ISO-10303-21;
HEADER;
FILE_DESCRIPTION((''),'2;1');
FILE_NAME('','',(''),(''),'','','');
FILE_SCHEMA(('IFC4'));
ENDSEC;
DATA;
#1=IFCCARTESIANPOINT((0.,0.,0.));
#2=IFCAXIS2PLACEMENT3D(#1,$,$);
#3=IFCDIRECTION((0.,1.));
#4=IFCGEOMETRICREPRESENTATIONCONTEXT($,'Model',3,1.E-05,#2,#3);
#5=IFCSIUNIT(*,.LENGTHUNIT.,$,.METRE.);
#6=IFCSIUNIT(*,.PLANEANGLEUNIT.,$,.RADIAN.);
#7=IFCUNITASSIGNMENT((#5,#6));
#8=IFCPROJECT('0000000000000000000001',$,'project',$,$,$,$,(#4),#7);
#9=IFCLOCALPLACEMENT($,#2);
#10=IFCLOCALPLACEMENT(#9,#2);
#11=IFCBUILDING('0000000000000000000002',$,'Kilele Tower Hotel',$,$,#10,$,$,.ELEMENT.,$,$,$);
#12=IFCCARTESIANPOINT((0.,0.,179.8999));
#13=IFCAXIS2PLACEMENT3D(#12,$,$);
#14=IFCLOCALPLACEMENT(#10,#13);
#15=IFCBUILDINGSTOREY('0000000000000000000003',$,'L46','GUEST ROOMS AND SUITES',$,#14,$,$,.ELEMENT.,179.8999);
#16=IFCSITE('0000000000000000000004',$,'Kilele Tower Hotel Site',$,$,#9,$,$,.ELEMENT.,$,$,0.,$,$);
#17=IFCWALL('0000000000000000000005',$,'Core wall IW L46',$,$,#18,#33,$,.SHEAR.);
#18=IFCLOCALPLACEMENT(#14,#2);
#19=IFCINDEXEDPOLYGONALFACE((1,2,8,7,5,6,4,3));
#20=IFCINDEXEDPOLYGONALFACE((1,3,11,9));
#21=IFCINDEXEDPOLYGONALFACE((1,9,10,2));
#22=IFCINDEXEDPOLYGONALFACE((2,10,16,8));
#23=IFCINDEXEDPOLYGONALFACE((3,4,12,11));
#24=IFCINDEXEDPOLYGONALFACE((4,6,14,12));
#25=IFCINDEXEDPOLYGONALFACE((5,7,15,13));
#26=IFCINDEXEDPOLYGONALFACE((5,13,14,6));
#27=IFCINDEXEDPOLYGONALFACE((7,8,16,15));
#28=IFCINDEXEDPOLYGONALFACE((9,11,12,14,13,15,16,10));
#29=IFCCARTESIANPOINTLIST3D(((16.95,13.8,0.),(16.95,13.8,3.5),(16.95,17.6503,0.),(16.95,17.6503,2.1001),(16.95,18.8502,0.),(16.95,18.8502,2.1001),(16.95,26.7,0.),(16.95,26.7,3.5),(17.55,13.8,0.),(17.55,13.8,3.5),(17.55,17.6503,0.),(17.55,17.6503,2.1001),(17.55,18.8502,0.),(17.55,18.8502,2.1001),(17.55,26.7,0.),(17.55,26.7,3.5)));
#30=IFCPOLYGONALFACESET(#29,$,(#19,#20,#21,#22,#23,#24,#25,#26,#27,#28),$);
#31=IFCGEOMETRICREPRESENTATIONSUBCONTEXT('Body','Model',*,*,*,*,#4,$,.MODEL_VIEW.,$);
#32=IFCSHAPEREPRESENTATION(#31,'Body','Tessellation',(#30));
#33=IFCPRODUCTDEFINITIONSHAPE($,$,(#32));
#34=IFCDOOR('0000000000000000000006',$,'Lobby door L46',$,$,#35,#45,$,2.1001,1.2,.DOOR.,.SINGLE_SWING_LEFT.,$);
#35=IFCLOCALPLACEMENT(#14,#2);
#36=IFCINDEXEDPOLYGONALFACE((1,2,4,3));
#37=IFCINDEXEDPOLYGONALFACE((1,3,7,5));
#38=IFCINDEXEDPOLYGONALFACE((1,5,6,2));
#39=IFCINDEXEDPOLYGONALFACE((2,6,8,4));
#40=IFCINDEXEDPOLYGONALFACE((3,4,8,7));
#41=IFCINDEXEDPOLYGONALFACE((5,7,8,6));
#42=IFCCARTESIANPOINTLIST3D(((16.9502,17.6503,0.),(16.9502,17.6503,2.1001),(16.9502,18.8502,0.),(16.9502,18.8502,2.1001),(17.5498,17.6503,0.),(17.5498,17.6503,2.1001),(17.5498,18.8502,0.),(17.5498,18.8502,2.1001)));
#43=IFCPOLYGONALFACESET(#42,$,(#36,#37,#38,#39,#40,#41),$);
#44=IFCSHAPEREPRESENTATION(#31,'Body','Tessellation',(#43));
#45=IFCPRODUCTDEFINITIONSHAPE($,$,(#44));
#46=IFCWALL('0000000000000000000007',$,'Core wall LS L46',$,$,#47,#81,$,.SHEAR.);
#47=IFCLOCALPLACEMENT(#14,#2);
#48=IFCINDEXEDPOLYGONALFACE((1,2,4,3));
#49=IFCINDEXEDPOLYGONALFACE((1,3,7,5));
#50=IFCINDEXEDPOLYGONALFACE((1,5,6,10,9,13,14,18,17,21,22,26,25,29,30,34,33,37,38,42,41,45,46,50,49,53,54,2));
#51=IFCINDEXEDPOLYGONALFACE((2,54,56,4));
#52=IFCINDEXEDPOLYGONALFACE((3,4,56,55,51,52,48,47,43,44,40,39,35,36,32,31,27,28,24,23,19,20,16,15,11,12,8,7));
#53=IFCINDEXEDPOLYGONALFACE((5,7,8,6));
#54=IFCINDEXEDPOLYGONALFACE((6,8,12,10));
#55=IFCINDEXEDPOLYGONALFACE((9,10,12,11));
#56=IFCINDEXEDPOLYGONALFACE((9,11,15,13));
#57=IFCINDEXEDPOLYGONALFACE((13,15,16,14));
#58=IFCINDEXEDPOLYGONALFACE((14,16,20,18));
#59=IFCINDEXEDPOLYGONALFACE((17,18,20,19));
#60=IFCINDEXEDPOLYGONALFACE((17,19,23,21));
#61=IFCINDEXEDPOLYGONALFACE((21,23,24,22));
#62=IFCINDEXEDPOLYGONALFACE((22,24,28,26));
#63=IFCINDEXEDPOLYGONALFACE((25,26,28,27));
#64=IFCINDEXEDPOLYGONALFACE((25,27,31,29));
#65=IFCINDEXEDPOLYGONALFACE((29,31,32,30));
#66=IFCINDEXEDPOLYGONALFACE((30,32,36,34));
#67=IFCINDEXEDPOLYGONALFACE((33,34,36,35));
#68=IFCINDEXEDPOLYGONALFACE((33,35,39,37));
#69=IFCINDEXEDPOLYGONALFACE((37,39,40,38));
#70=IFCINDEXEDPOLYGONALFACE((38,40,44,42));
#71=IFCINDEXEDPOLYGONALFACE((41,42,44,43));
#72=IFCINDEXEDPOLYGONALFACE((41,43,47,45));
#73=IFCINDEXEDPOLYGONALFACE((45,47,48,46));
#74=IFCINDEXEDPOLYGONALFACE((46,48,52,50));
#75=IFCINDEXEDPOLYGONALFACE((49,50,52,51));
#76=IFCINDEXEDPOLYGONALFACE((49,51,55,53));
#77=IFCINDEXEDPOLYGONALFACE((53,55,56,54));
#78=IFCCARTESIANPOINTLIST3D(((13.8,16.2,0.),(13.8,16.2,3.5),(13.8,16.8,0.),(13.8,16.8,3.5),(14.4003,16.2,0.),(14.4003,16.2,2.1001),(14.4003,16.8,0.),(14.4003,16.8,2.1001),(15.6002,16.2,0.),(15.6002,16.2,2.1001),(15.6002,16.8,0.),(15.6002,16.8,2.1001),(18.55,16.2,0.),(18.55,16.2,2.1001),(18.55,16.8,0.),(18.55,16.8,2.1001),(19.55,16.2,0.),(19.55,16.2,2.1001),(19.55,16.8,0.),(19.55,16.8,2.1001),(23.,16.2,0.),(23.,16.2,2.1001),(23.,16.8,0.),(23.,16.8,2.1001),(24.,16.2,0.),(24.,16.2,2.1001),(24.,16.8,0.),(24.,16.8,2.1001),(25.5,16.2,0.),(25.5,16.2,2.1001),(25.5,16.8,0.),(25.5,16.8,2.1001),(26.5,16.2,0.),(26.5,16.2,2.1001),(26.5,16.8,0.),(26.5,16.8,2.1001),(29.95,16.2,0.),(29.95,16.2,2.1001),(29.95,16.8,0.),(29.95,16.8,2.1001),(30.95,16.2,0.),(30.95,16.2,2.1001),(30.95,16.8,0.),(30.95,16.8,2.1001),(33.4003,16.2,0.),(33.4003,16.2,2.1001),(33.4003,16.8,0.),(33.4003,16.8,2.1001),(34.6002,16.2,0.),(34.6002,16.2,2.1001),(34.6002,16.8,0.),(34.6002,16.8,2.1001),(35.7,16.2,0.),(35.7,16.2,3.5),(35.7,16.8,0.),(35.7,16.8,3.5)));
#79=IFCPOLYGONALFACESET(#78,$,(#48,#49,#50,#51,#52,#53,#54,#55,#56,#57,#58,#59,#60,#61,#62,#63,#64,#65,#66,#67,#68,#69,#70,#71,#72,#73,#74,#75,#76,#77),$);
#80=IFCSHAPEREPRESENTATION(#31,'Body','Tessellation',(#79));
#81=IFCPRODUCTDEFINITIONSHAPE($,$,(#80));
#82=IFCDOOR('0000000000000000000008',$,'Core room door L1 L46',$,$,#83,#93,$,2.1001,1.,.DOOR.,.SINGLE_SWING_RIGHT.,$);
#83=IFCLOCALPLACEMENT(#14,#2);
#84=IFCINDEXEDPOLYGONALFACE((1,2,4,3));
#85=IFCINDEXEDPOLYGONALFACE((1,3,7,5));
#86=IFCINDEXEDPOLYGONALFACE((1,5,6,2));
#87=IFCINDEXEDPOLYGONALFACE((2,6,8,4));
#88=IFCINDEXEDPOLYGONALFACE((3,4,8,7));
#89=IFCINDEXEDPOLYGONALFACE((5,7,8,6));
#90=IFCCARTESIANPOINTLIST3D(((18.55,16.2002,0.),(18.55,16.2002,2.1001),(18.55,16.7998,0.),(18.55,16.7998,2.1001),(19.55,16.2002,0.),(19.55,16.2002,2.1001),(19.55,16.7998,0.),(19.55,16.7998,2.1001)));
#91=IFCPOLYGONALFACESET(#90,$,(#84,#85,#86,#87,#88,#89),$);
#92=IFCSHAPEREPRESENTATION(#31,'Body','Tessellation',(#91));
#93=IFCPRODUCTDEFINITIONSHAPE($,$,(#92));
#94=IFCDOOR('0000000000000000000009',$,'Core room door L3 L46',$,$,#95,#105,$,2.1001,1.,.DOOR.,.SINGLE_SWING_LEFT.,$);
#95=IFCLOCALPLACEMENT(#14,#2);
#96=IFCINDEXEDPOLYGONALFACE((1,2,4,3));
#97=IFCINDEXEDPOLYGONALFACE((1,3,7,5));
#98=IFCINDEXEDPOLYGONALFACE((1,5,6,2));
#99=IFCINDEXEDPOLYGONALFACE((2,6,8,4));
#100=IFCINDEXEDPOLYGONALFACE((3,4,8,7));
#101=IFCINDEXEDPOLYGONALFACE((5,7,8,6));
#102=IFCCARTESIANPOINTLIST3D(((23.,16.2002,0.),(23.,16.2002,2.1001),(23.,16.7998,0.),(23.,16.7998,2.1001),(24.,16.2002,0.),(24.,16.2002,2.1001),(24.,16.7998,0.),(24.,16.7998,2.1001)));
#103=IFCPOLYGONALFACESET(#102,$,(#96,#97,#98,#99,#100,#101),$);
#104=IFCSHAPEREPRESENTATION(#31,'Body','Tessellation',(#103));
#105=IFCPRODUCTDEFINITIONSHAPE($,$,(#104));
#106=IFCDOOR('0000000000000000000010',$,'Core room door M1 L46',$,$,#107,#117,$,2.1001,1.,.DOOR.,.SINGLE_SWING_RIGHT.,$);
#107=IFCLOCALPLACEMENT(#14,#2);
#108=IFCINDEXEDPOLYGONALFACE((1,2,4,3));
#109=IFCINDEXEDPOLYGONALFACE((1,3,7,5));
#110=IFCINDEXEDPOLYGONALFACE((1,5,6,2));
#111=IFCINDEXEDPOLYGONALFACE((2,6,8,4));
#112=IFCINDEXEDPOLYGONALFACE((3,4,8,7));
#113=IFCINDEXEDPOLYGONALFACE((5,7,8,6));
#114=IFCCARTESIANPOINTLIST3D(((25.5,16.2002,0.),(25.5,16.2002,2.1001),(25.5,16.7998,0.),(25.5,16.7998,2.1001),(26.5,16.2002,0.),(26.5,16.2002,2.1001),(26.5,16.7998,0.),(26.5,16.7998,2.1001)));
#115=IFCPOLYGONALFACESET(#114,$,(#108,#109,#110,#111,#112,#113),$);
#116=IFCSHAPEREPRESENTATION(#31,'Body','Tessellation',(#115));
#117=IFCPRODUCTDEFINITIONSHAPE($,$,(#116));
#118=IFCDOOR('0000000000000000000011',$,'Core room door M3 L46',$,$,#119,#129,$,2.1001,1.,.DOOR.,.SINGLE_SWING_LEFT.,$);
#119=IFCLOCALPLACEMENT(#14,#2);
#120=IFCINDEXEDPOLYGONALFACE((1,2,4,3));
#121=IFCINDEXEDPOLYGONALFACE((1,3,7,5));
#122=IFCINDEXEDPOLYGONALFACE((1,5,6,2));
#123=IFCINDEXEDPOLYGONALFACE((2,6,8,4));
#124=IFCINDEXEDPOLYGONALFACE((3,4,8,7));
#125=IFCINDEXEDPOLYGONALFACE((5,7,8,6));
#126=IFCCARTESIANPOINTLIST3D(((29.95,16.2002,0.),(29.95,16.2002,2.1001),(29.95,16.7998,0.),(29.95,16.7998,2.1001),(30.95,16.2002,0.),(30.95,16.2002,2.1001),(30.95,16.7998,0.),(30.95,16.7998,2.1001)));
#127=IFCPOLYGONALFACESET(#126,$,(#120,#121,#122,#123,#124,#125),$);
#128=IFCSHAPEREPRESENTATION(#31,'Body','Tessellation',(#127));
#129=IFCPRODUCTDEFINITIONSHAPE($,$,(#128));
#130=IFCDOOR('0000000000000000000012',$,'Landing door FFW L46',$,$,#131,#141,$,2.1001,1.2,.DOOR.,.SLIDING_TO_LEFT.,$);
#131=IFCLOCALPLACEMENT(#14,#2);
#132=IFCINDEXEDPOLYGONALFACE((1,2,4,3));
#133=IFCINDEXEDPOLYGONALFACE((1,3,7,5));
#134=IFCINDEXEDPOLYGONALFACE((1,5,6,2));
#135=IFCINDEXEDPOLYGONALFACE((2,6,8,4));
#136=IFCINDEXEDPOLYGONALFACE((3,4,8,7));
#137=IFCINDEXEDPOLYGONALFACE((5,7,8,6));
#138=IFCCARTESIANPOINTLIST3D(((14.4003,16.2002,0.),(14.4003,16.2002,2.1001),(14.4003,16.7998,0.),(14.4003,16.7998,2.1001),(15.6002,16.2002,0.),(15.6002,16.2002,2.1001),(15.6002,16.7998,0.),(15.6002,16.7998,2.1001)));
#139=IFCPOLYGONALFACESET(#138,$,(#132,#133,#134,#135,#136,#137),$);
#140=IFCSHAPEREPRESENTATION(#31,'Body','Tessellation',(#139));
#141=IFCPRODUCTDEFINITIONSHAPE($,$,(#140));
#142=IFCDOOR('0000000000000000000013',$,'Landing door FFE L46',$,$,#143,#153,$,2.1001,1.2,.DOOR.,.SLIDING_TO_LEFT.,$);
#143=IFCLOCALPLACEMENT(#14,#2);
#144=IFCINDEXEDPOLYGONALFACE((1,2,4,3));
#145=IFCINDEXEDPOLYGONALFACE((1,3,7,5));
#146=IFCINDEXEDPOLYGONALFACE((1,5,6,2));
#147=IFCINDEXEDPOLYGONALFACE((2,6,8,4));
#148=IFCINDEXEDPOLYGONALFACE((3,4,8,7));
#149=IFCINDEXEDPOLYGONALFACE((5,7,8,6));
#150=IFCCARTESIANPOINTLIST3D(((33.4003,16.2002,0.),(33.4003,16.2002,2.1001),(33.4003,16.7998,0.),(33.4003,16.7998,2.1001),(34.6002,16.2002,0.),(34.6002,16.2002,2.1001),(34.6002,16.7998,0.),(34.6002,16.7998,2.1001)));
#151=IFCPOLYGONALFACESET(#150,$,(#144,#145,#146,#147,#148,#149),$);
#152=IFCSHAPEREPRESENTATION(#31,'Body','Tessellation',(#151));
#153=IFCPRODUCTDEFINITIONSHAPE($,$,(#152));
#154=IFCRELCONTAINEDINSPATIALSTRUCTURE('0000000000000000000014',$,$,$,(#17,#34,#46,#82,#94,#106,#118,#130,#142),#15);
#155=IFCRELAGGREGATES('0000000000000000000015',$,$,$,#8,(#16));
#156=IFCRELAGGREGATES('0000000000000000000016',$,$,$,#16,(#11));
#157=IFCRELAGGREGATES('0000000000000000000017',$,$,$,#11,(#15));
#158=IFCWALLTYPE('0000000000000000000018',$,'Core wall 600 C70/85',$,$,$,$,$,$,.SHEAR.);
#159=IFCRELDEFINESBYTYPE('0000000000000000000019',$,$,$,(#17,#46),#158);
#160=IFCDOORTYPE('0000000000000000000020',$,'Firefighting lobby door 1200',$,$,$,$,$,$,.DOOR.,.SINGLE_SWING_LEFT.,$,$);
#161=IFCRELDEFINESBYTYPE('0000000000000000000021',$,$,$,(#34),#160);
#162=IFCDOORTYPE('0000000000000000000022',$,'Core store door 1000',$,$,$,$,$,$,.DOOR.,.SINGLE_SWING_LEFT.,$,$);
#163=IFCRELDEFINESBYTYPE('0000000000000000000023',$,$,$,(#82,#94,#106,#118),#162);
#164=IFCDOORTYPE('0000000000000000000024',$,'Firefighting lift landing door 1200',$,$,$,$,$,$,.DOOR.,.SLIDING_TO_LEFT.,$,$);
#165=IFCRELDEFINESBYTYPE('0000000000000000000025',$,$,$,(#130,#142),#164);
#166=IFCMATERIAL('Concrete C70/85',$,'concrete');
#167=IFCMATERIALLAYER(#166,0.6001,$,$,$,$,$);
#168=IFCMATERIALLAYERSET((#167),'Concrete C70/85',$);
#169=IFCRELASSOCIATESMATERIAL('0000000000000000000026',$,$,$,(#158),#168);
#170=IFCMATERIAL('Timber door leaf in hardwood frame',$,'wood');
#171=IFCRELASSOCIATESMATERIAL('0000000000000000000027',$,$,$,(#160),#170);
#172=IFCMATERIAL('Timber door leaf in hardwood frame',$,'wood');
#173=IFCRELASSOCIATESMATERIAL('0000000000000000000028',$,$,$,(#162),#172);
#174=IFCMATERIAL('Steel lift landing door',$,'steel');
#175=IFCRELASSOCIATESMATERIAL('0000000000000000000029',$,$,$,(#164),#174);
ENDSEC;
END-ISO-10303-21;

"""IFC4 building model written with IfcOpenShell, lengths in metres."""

from ifc_helpers import new_model, si_unit, direction, frame, frame_2d, origin, place, context, subcontext, project, spatial, rectangle, extrude, material, layer, layer_set, type_object, element, fill, save


model = new_model("IFC4")

# Units and contexts
model_context = context("Model", 3, precision=1e-05, world=origin(), true_north=direction((0.0, 1.0)))
body_context = subcontext(model_context, "Body", "Model", "MODEL_VIEW")
ifc_project = project(units=[si_unit("LENGTHUNIT", "METRE"), si_unit("PLANEANGLEUNIT", "RADIAN")], contexts=[model_context])

# Site, building, storey
site_placement = place(None, origin())
site = spatial("IfcSite", under=ifc_project, at=site_placement, Name="Kilele Tower Hotel Site", CompositionType="ELEMENT", RefElevation=0.0)
building_placement = place(site_placement, origin())
building = spatial("IfcBuilding", under=site, at=building_placement, Name="Kilele Tower Hotel", CompositionType="ELEMENT")
storey_placement = place(building_placement, frame((0.0, 0.0, 179.8999)))
storey = spatial("IfcBuildingStorey", under=building, at=storey_placement, Name="L46", Description="GUEST ROOMS AND SUITES", CompositionType="ELEMENT", Elevation=179.8999)

# Wall, opening, door
ifc_material_1 = material(Name="Concrete C70/85", Category="concrete")
ifc_layer = layer(ifc_material_1, 0.6001)
ifc_layer_set = layer_set([ifc_layer], Name="Concrete C70/85")
wall_type = type_object("IfcWallType", Name="Core wall 600 C70/85", PredefinedType="SHEAR", material=ifc_layer_set)
wall_1_placement = place(storey_placement, frame((17.25, 13.8, 0.0), z_axis=(0.0, 0.0, 1.0), x_axis=(0.0, 1.0, 0.0)))
wall_1 = element("IfcWall", 1, at=wall_1_placement, inside=storey, type_object=wall_type, Name="Core wall IW L46", PredefinedType="SHEAR", context=body_context, shape_type="SweptSolid", body=[
    extrude(rectangle(XDim=12.8999, YDim=0.6001, at=frame_2d((6.45, 0.0))), origin(), (0.0, 0.0, 1.0), 3.5),
])
opening_1_placement = place(wall_1_placement, frame((3.8501, 0.0, 0.0)))
opening_1 = element("IfcOpeningElement", 2, at=opening_1_placement, cuts=wall_1, PredefinedType="OPENING", context=body_context, shape_type="SweptSolid", body=[
    extrude(rectangle(XDim=1.2, YDim=2.1001, at=frame_2d((0.6001, 1.05))), frame((0.0, 0.3101, 0.0), z_axis=(0.0, -1.0, 0.0), x_axis=(1.0, 0.0, 0.0)), (0.0, 0.0, 1.0), 0.6201),
])
ifc_material_2 = material(Name="Timber door leaf in hardwood frame", Category="wood")
door_type_1 = type_object("IfcDoorType", Name="Firefighting lobby door 1200", OperationType="SINGLE_SWING_LEFT", PredefinedType="DOOR", material=ifc_material_2)
door_1_placement = place(opening_1_placement, origin())
door_1 = element("IfcDoor", 3, at=door_1_placement, inside=storey, type_object=door_type_1, Name="Lobby door L46", OperationType="SINGLE_SWING_LEFT", OverallHeight=2.1001, OverallWidth=1.2, PredefinedType="DOOR", context=body_context, shape_type="SweptSolid", body=[
    extrude(rectangle(XDim=1.2, YDim=2.1001, at=frame_2d((0.6001, 1.05))), frame((0.0, 0.2998, 0.0), z_axis=(0.0, -1.0, 0.0), x_axis=(1.0, 0.0, 0.0)), (0.0, 0.0, 1.0), 0.5996),
])
fill(opening_1, door_1)

# Wall, openings, doors
wall_2_placement = place(storey_placement, frame((13.8, 16.5, 0.0), z_axis=(0.0, 0.0, 1.0), x_axis=(1.0, 0.0, 0.0)))
wall_2 = element("IfcWall", 4, at=wall_2_placement, inside=storey, type_object=wall_type, Name="Core wall LS L46", PredefinedType="SHEAR", context=body_context, shape_type="SweptSolid", body=[
    extrude(rectangle(XDim=21.8999, YDim=0.6001, at=frame_2d((10.95, 0.0))), origin(), (0.0, 0.0, 1.0), 3.5),
])
opening_2_placement = place(wall_2_placement, frame((5.75, 0.0, 0.0), z_axis=(0.0, 0.0, 1.0), x_axis=(-1.0, 0.0, 0.0)))
opening_2 = element("IfcOpeningElement", 5, at=opening_2_placement, cuts=wall_2, PredefinedType="OPENING", context=body_context, shape_type="SweptSolid", body=[
    extrude(rectangle(XDim=1.0, YDim=2.1001, at=frame_2d((0.5, 1.05))), frame((0.0, 0.3101, 0.0), z_axis=(0.0, -1.0, 0.0), x_axis=(1.0, 0.0, 0.0)), (0.0, 0.0, 1.0), 0.6201),
])
opening_3_placement = place(wall_2_placement, frame((10.2, 0.0, 0.0), z_axis=(0.0, 0.0, 1.0), x_axis=(-1.0, 0.0, 0.0)))
opening_3 = element("IfcOpeningElement", 6, at=opening_3_placement, cuts=wall_2, PredefinedType="OPENING", context=body_context, shape_type="SweptSolid", body=[
    extrude(rectangle(XDim=1.0, YDim=2.1001, at=frame_2d((0.5, 1.05))), frame((0.0, 0.3101, 0.0), z_axis=(0.0, -1.0, 0.0), x_axis=(1.0, 0.0, 0.0)), (0.0, 0.0, 1.0), 0.6201),
])
opening_4_placement = place(wall_2_placement, frame((12.7, 0.0, 0.0), z_axis=(0.0, 0.0, 1.0), x_axis=(-1.0, 0.0, 0.0)))
opening_4 = element("IfcOpeningElement", 7, at=opening_4_placement, cuts=wall_2, PredefinedType="OPENING", context=body_context, shape_type="SweptSolid", body=[
    extrude(rectangle(XDim=1.0, YDim=2.1001, at=frame_2d((0.5, 1.05))), frame((0.0, 0.3101, 0.0), z_axis=(0.0, -1.0, 0.0), x_axis=(1.0, 0.0, 0.0)), (0.0, 0.0, 1.0), 0.6201),
])
opening_5_placement = place(wall_2_placement, frame((17.1499, 0.0, 0.0), z_axis=(0.0, 0.0, 1.0), x_axis=(-1.0, 0.0, 0.0)))
opening_5 = element("IfcOpeningElement", 8, at=opening_5_placement, cuts=wall_2, PredefinedType="OPENING", context=body_context, shape_type="SweptSolid", body=[
    extrude(rectangle(XDim=1.0, YDim=2.1001, at=frame_2d((0.5, 1.05))), frame((0.0, 0.3101, 0.0), z_axis=(0.0, -1.0, 0.0), x_axis=(1.0, 0.0, 0.0)), (0.0, 0.0, 1.0), 0.6201),
])
opening_6_placement = place(wall_2_placement, frame((0.6001, 0.0, 0.0)))
opening_6 = element("IfcOpeningElement", 9, at=opening_6_placement, cuts=wall_2, PredefinedType="OPENING", context=body_context, shape_type="SweptSolid", body=[
    extrude(rectangle(XDim=1.2, YDim=2.1001, at=frame_2d((0.6001, 1.05))), frame((0.0, 0.3101, 0.0), z_axis=(0.0, -1.0, 0.0), x_axis=(1.0, 0.0, 0.0)), (0.0, 0.0, 1.0), 0.6201),
])
opening_7_placement = place(wall_2_placement, frame((19.6001, 0.0, 0.0)))
opening_7 = element("IfcOpeningElement", 10, at=opening_7_placement, cuts=wall_2, PredefinedType="OPENING", context=body_context, shape_type="SweptSolid", body=[
    extrude(rectangle(XDim=1.2, YDim=2.1001, at=frame_2d((0.6001, 1.05))), frame((0.0, 0.3101, 0.0), z_axis=(0.0, -1.0, 0.0), x_axis=(1.0, 0.0, 0.0)), (0.0, 0.0, 1.0), 0.6201),
])
ifc_material_3 = material(Name="Timber door leaf in hardwood frame", Category="wood")
door_type_2 = type_object("IfcDoorType", Name="Core store door 1000", OperationType="SINGLE_SWING_LEFT", PredefinedType="DOOR", material=ifc_material_3)
door_2_placement = place(opening_2_placement, origin())
door_2 = element("IfcDoor", 11, at=door_2_placement, inside=storey, type_object=door_type_2, Name="Core room door L1 L46", OperationType="SINGLE_SWING_RIGHT", OverallHeight=2.1001, OverallWidth=1.0, PredefinedType="DOOR", context=body_context, shape_type="SweptSolid", body=[
    extrude(rectangle(XDim=1.0, YDim=2.1001, at=frame_2d((0.5, 1.05))), frame((0.0, 0.2998, 0.0), z_axis=(0.0, -1.0, 0.0), x_axis=(1.0, 0.0, 0.0)), (0.0, 0.0, 1.0), 0.5996),
])
fill(opening_2, door_2)
door_3_placement = place(opening_3_placement, origin())
door_3 = element("IfcDoor", 12, at=door_3_placement, inside=storey, type_object=door_type_2, Name="Core room door L3 L46", OperationType="SINGLE_SWING_LEFT", OverallHeight=2.1001, OverallWidth=1.0, PredefinedType="DOOR", context=body_context, shape_type="SweptSolid", body=[
    extrude(rectangle(XDim=1.0, YDim=2.1001, at=frame_2d((0.5, 1.05))), frame((0.0, 0.2998, 0.0), z_axis=(0.0, -1.0, 0.0), x_axis=(1.0, 0.0, 0.0)), (0.0, 0.0, 1.0), 0.5996),
])
fill(opening_3, door_3)
door_4_placement = place(opening_4_placement, origin())
door_4 = element("IfcDoor", 13, at=door_4_placement, inside=storey, type_object=door_type_2, Name="Core room door M1 L46", OperationType="SINGLE_SWING_RIGHT", OverallHeight=2.1001, OverallWidth=1.0, PredefinedType="DOOR", context=body_context, shape_type="SweptSolid", body=[
    extrude(rectangle(XDim=1.0, YDim=2.1001, at=frame_2d((0.5, 1.05))), frame((0.0, 0.2998, 0.0), z_axis=(0.0, -1.0, 0.0), x_axis=(1.0, 0.0, 0.0)), (0.0, 0.0, 1.0), 0.5996),
])
fill(opening_4, door_4)
door_5_placement = place(opening_5_placement, origin())
door_5 = element("IfcDoor", 14, at=door_5_placement, inside=storey, type_object=door_type_2, Name="Core room door M3 L46", OperationType="SINGLE_SWING_LEFT", OverallHeight=2.1001, OverallWidth=1.0, PredefinedType="DOOR", context=body_context, shape_type="SweptSolid", body=[
    extrude(rectangle(XDim=1.0, YDim=2.1001, at=frame_2d((0.5, 1.05))), frame((0.0, 0.2998, 0.0), z_axis=(0.0, -1.0, 0.0), x_axis=(1.0, 0.0, 0.0)), (0.0, 0.0, 1.0), 0.5996),
])
fill(opening_5, door_5)
ifc_material_4 = material(Name="Steel lift landing door", Category="steel")
door_type_3 = type_object("IfcDoorType", Name="Firefighting lift landing door 1200", OperationType="SLIDING_TO_LEFT", PredefinedType="DOOR", material=ifc_material_4)
door_6_placement = place(opening_6_placement, origin())
door_6 = element("IfcDoor", 15, at=door_6_placement, inside=storey, type_object=door_type_3, Name="Landing door FFW L46", OperationType="SLIDING_TO_LEFT", OverallHeight=2.1001, OverallWidth=1.2, PredefinedType="DOOR", context=body_context, shape_type="SweptSolid", body=[
    extrude(rectangle(XDim=1.2, YDim=2.1001, at=frame_2d((0.6001, 1.05))), frame((0.0, 0.2998, 0.0), z_axis=(0.0, -1.0, 0.0), x_axis=(1.0, 0.0, 0.0)), (0.0, 0.0, 1.0), 0.5996),
])
fill(opening_6, door_6)
door_7_placement = place(opening_7_placement, origin())
door_7 = element("IfcDoor", 16, at=door_7_placement, inside=storey, type_object=door_type_3, Name="Landing door FFE L46", OperationType="SLIDING_TO_LEFT", OverallHeight=2.1001, OverallWidth=1.2, PredefinedType="DOOR", context=body_context, shape_type="SweptSolid", body=[
    extrude(rectangle(XDim=1.2, YDim=2.1001, at=frame_2d((0.6001, 1.05))), frame((0.0, 0.2998, 0.0), z_axis=(0.0, -1.0, 0.0), x_axis=(1.0, 0.0, 0.0)), (0.0, 0.0, 1.0), 0.5996),
])
fill(opening_7, door_7)

save(model, "model.ifc")
